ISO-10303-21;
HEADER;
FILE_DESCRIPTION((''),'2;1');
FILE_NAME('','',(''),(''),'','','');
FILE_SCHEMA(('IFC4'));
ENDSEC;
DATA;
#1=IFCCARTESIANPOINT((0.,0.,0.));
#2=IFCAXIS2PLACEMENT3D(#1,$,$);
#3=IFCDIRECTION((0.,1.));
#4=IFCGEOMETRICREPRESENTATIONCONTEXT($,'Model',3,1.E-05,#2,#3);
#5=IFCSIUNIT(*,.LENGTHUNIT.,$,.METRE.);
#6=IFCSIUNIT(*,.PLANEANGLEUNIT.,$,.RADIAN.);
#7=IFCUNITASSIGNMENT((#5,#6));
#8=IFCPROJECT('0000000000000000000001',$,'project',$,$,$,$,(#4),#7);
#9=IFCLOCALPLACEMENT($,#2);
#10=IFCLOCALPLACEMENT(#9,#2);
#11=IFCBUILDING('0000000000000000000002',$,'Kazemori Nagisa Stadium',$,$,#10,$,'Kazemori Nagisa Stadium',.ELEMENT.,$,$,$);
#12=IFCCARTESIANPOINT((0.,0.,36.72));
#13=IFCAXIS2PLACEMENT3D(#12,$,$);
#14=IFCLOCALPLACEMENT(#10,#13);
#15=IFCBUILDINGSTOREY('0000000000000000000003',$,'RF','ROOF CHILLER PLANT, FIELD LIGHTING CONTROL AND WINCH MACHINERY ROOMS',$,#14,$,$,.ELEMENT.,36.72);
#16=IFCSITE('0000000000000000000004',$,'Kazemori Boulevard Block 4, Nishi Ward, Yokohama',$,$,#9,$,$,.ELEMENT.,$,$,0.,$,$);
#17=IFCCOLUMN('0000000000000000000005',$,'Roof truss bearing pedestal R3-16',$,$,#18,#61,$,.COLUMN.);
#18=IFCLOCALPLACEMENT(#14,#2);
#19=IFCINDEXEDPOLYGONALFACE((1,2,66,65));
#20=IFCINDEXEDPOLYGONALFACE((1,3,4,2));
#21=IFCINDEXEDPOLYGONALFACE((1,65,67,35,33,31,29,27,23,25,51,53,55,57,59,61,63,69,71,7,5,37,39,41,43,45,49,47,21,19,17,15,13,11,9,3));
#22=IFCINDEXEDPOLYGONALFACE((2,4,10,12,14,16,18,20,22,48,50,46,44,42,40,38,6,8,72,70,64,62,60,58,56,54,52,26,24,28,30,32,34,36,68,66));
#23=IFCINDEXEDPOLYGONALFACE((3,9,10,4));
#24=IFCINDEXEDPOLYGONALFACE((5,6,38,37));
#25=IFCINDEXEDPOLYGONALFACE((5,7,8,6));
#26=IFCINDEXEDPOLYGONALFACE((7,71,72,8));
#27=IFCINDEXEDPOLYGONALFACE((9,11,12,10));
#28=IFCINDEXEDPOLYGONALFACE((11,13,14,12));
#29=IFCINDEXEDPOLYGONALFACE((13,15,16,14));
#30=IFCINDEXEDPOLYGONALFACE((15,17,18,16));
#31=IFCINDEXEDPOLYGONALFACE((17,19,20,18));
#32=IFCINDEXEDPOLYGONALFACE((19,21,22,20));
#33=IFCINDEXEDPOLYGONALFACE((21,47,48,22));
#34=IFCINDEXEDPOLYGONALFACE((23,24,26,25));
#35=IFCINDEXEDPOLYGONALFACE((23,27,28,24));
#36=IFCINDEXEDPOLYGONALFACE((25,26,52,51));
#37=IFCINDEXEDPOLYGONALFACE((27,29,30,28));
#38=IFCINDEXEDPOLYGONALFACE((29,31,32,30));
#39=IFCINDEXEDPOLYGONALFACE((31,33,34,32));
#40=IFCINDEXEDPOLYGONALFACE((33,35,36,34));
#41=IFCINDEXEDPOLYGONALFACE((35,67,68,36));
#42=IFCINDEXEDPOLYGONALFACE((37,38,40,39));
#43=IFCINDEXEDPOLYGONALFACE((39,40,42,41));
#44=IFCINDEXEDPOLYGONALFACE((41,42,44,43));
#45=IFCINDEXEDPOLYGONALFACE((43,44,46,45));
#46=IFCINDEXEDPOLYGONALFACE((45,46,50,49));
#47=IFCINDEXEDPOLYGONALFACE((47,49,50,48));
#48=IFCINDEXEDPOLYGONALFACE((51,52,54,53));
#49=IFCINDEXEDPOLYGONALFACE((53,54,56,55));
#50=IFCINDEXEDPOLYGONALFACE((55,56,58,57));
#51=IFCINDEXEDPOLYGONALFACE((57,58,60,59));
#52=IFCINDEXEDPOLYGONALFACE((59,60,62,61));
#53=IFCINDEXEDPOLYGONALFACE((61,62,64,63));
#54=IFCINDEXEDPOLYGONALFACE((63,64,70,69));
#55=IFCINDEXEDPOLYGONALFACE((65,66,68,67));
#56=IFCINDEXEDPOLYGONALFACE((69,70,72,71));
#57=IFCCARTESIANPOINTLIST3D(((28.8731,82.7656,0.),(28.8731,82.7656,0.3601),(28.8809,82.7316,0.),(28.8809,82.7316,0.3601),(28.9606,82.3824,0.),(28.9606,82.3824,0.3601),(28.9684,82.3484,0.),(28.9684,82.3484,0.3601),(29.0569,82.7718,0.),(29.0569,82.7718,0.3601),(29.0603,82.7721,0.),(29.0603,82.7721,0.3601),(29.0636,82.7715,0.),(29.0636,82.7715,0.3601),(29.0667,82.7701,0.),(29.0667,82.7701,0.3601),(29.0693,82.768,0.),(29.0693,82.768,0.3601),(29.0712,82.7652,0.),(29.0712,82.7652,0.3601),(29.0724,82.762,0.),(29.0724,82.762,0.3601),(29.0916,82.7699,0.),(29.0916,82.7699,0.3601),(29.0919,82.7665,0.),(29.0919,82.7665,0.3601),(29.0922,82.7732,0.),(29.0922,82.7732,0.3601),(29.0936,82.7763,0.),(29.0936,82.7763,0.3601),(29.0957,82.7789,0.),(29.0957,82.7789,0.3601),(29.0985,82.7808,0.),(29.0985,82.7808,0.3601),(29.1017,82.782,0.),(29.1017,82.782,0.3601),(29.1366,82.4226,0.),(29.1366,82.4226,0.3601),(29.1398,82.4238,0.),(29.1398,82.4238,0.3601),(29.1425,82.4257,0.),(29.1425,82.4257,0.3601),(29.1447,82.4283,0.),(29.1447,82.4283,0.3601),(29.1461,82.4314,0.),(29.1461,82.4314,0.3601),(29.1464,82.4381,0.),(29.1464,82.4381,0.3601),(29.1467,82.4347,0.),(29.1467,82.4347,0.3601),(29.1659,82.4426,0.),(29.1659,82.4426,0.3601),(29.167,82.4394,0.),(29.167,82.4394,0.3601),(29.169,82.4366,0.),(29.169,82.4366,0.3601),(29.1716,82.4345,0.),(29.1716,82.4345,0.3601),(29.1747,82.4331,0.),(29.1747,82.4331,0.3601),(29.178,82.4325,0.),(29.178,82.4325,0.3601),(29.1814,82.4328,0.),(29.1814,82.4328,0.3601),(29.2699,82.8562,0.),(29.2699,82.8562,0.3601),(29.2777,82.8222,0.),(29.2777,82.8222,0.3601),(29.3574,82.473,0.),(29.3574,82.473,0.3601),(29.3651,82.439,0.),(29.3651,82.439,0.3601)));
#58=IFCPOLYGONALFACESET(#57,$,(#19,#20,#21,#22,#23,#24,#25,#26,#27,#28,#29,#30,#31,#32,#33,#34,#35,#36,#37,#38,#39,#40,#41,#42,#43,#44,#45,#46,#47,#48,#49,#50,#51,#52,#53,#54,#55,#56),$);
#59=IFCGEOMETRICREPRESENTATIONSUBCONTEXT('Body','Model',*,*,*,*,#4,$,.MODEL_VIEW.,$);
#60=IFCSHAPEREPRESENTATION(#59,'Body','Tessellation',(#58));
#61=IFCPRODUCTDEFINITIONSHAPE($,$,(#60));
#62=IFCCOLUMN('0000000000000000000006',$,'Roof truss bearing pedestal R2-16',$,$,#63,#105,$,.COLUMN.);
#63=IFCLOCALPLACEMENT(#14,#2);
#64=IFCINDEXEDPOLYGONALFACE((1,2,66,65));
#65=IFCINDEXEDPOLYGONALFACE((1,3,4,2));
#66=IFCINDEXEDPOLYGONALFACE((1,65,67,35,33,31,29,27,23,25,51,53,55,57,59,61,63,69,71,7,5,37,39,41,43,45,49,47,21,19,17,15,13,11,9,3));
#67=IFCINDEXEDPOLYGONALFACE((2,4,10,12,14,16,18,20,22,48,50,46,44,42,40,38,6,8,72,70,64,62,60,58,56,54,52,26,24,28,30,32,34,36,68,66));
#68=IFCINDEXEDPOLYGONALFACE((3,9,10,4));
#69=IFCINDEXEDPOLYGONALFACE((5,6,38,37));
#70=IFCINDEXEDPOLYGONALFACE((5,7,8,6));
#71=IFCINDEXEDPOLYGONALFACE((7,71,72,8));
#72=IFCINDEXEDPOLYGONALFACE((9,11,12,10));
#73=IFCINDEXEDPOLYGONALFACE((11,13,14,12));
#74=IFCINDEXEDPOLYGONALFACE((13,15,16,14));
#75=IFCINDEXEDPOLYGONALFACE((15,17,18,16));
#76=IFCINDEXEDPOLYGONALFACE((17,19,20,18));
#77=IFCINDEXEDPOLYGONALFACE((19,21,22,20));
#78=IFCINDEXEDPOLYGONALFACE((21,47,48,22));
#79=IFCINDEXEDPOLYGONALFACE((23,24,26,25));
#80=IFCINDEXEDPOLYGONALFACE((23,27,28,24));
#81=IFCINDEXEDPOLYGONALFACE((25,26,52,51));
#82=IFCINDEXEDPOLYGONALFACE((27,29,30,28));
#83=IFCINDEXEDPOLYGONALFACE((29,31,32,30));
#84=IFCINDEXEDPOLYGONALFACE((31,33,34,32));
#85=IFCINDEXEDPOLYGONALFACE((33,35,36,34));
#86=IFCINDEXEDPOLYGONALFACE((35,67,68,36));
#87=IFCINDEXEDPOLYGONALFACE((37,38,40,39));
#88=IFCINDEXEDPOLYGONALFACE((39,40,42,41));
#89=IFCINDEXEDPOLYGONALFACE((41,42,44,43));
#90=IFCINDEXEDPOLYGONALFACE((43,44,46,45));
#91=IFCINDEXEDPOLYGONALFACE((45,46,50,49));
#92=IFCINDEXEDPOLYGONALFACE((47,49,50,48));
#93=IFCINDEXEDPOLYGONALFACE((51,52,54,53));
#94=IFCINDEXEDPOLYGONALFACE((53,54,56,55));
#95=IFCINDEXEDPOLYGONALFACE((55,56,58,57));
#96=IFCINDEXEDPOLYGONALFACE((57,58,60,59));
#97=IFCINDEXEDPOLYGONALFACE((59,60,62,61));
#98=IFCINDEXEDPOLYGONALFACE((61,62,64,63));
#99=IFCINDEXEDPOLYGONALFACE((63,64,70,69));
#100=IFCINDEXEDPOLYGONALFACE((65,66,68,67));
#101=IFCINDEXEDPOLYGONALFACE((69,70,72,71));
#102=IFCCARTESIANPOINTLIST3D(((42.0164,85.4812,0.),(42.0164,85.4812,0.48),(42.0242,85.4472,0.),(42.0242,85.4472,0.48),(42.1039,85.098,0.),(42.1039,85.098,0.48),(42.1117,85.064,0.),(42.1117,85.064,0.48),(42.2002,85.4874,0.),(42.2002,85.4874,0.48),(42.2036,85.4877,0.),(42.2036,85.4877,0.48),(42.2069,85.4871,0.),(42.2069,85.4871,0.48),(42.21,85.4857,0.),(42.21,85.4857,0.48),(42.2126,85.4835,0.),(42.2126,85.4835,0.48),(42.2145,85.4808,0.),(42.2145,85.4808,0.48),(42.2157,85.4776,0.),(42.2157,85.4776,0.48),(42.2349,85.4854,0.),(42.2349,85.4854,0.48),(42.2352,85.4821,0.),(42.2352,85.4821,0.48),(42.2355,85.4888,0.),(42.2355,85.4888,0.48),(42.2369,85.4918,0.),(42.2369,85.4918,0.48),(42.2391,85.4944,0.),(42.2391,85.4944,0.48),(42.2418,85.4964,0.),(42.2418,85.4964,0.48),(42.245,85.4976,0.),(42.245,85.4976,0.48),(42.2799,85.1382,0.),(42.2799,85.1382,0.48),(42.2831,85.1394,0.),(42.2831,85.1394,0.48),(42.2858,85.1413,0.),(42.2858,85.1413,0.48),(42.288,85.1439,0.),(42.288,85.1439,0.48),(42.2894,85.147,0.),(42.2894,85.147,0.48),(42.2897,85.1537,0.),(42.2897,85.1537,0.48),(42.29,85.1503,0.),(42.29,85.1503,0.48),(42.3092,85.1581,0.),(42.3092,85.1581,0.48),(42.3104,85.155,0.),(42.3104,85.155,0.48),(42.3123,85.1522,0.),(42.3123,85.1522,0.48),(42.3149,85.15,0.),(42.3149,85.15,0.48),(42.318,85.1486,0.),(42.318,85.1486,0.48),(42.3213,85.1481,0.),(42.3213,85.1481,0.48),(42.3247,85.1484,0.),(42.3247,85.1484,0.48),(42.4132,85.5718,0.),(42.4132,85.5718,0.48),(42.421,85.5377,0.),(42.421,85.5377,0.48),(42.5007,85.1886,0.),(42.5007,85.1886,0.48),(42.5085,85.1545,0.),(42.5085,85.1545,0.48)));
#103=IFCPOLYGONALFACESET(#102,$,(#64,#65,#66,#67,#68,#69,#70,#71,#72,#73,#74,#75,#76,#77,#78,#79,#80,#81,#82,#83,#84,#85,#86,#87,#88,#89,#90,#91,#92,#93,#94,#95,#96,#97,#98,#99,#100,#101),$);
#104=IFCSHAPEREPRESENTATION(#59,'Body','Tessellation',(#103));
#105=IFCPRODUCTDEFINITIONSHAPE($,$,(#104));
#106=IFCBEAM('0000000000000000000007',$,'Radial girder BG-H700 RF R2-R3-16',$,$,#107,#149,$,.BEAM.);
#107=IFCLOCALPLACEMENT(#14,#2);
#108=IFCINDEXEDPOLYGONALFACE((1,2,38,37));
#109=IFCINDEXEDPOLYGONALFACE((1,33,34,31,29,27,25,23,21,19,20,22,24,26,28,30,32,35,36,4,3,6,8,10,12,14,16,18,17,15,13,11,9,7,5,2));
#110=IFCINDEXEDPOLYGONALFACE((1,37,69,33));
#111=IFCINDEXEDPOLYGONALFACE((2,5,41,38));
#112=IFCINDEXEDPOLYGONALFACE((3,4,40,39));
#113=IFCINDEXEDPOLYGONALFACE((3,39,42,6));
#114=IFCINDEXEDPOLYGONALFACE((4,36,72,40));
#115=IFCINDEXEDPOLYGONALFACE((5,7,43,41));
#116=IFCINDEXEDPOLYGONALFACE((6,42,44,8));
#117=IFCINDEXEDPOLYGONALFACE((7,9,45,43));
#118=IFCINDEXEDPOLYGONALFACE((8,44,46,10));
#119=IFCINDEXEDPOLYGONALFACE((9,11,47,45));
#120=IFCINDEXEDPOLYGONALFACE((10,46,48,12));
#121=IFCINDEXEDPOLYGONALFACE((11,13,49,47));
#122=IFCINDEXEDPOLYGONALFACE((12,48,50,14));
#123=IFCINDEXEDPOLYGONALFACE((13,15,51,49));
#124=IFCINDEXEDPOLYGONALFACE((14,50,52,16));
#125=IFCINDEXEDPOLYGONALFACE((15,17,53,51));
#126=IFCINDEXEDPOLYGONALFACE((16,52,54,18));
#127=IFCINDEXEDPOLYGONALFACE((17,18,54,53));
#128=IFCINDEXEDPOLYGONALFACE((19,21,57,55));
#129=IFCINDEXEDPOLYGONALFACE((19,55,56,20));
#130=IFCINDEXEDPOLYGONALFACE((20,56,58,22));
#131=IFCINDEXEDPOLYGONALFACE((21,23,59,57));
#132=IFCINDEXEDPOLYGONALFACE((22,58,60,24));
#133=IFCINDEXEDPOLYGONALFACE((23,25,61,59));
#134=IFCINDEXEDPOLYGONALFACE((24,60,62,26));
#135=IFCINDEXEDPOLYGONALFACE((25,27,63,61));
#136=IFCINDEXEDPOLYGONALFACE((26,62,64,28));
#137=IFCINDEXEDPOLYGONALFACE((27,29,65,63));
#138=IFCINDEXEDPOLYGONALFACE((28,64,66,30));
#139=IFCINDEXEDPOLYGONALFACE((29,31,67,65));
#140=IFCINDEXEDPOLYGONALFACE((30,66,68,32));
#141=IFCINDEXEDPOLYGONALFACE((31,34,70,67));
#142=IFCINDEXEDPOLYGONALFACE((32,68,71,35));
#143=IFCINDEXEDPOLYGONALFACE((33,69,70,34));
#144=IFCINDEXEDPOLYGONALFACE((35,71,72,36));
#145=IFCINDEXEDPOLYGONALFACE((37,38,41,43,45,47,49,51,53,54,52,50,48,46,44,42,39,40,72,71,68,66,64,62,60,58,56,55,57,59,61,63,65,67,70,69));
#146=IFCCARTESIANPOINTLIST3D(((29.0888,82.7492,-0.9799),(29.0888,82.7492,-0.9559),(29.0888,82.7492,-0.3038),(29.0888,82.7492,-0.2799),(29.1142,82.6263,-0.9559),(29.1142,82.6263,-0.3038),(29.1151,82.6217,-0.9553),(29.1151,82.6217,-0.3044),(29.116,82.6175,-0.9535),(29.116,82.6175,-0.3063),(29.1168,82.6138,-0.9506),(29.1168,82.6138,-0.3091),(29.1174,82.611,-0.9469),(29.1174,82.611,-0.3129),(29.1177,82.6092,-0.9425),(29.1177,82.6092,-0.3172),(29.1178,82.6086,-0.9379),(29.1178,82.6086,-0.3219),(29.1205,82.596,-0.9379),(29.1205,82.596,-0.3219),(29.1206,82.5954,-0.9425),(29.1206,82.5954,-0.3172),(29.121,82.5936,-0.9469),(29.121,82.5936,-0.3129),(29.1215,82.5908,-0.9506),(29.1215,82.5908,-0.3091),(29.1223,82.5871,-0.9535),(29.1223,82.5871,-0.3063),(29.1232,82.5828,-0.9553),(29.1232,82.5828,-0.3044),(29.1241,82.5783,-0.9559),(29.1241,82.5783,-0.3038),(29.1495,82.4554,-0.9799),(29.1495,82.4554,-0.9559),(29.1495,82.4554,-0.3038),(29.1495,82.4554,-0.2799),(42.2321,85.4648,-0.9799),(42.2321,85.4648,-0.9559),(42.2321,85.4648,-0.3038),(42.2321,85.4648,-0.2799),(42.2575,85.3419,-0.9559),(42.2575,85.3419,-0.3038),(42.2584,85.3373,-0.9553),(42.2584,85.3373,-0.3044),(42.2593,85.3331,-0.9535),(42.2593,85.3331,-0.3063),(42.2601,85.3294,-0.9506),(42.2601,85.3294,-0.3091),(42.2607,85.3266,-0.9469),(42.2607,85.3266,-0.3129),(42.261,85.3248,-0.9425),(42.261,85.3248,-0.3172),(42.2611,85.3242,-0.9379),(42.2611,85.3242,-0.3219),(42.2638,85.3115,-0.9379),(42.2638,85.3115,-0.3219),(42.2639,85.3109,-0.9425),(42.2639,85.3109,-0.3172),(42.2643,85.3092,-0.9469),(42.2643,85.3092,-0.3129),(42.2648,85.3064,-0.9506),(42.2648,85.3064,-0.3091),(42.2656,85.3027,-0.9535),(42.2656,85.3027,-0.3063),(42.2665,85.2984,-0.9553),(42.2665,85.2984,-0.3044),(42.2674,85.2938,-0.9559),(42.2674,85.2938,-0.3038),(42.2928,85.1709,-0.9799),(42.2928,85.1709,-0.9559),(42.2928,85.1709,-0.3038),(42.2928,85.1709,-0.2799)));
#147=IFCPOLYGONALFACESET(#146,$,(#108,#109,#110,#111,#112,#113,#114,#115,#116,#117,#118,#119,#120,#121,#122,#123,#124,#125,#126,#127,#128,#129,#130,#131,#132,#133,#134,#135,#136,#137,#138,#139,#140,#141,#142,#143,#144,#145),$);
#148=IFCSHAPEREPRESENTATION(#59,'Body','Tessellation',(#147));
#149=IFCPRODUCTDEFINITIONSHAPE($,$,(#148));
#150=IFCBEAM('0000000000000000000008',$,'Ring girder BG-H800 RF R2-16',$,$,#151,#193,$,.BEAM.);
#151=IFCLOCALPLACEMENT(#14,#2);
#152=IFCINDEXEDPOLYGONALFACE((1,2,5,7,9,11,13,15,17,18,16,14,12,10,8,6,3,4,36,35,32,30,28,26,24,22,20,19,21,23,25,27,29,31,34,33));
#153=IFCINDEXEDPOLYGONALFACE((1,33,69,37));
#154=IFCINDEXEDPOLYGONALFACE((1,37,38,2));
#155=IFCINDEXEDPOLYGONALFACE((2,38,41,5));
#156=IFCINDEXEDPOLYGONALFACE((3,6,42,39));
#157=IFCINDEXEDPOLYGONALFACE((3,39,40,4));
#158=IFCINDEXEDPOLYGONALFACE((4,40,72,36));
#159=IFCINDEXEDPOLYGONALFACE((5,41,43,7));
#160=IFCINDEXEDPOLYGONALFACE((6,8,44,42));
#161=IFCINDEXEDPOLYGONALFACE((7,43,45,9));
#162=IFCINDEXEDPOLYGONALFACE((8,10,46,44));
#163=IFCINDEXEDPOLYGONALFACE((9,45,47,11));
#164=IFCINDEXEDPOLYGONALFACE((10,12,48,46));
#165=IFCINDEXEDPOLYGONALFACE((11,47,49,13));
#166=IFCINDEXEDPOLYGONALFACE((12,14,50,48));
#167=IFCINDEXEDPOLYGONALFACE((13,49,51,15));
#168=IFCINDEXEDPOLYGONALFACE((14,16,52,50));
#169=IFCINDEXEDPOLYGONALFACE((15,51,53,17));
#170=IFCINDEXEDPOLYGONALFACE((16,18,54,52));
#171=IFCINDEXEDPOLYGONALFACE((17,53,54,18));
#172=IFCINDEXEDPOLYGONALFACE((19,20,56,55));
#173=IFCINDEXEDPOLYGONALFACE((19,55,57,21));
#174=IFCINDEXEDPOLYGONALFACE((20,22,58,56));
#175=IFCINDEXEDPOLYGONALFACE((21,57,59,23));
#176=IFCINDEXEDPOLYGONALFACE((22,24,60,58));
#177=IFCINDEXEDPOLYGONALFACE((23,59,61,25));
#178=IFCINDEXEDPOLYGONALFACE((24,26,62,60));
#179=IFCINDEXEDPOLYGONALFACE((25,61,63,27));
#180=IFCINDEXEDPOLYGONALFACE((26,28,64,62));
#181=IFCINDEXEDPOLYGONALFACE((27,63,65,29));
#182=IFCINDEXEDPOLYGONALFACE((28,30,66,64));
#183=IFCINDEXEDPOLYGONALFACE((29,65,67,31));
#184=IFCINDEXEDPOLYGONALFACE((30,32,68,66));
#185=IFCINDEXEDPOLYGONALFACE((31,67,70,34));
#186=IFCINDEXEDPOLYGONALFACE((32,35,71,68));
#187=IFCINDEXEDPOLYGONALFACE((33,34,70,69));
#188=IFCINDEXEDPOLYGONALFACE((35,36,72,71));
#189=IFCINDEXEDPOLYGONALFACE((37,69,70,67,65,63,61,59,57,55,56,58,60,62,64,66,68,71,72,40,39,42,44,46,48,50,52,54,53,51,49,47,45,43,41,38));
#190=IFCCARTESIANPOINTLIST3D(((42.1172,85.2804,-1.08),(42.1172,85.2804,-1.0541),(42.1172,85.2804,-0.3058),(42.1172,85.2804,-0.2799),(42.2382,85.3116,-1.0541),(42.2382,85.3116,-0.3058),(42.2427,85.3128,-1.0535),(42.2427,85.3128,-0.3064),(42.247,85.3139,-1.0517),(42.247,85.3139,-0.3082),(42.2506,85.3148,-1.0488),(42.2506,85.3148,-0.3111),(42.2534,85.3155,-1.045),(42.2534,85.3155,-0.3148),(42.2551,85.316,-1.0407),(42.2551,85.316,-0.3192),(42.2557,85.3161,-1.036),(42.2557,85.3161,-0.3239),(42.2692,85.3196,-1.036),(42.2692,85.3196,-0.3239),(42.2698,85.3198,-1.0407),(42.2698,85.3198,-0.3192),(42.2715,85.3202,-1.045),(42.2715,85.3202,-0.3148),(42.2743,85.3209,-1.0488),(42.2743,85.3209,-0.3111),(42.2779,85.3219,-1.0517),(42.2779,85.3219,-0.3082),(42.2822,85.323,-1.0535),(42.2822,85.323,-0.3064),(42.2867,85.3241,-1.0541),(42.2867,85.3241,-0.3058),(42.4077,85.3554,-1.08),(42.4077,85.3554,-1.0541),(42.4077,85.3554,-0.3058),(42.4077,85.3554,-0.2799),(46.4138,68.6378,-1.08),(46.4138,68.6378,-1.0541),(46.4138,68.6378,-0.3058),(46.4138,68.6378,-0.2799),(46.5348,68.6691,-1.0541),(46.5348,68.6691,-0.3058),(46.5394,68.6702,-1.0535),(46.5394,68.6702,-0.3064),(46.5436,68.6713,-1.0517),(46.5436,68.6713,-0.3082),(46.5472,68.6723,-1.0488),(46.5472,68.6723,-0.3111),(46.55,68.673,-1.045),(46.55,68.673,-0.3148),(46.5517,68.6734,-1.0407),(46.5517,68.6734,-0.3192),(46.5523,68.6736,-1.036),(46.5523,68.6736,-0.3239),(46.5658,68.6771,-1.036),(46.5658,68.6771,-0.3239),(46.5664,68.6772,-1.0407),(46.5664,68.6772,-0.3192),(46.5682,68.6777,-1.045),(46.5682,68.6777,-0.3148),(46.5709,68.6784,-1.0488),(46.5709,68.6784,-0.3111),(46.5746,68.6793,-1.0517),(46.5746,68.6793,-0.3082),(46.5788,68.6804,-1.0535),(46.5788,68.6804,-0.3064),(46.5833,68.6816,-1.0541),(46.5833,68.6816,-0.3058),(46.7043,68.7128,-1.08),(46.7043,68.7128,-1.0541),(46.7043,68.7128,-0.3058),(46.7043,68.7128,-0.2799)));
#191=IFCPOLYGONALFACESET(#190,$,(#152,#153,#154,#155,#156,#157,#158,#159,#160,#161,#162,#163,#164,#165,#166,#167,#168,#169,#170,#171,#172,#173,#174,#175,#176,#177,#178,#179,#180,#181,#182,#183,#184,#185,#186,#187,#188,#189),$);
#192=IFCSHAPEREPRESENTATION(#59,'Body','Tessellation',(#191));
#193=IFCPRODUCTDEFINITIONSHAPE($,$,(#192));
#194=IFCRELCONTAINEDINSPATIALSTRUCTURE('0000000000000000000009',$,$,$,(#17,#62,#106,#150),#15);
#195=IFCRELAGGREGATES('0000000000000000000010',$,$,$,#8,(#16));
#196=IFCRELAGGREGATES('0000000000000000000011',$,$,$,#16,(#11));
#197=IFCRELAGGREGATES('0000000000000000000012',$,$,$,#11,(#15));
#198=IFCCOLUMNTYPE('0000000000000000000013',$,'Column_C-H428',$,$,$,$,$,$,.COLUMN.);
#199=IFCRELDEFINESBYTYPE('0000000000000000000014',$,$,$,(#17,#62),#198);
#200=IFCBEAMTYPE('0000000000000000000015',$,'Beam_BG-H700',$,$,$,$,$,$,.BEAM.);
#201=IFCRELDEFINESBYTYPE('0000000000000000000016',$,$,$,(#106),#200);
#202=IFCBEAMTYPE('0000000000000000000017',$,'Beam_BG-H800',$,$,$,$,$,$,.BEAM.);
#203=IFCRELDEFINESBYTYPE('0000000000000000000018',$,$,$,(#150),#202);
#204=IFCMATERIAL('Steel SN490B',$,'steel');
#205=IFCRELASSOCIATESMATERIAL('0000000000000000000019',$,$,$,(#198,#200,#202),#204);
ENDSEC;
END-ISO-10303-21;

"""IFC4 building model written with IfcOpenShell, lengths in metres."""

from ifc_helpers import new_model, si_unit, direction, frame, origin, origin_2d, place, context, subcontext, project, spatial, i_section, extrude, material, material_profile, profile_set, type_object, element, save


model = new_model("IFC4")

# Units and contexts
model_context = context("Model", 3, precision=1e-05, world=origin(), true_north=direction((0.0, 1.0)))
body_context = subcontext(model_context, "Body", "Model", "MODEL_VIEW")
ifc_project = project(units=[si_unit("LENGTHUNIT", "METRE"), si_unit("PLANEANGLEUNIT", "RADIAN")], contexts=[model_context])

# Site, building, storey
site_placement = place(None, origin())
site = spatial("IfcSite", under=ifc_project, at=site_placement, Name="Kazemori Boulevard Block 4, Nishi Ward, Yokohama", CompositionType="ELEMENT", RefElevation=0.0)
building_placement = place(site_placement, origin())
building = spatial("IfcBuilding", under=site, at=building_placement, Name="Kazemori Nagisa Stadium", LongName="Kazemori Nagisa Stadium", CompositionType="ELEMENT")
storey_placement = place(building_placement, frame((0.0, 0.0, 36.72)))
storey = spatial("IfcBuildingStorey", under=building, at=storey_placement, Name="RF", Description="ROOF CHILLER PLANT, FIELD LIGHTING CONTROL AND WINCH MACHINERY ROOMS", CompositionType="ELEMENT", Elevation=36.72)

# Columns
ifc_material_1 = material(Name="Steel SN490B", Category="steel")
ifc_material_profile_1 = material_profile(ifc_material_1, i_section(OverallWidth=0.407, OverallDepth=0.428, WebThickness=0.02, FlangeThickness=0.0349, FilletRadius=0.0129, at=origin_2d()), Name="H-428x407x20x35")
ifc_profile_set_1 = profile_set([ifc_material_profile_1], Name="Steel SN490B")
column_type = type_object("IfcColumnType", Name="Column_C-H428", PredefinedType="COLUMN", material=ifc_profile_set_1)
column_1_placement = place(storey_placement, frame((29.1191, 82.6023, 0.0), z_axis=(0.0, 0.0, 1.0), x_axis=(-0.974928, -0.222521, 0.0)))
element("IfcColumn", 1, at=column_1_placement, inside=storey, type_object=column_type, Name="Roof truss bearing pedestal R3-16", PredefinedType="COLUMN", context=body_context, shape_type="SweptSolid", body=[
    extrude(i_section(OverallWidth=0.407, OverallDepth=0.428, WebThickness=0.02, FlangeThickness=0.0349, FilletRadius=0.0129, at=origin_2d()), origin(), (0.0, 0.0, 1.0), 0.3601),
])
column_2_placement = place(storey_placement, frame((42.2625, 85.3179, 0.0), z_axis=(0.0, 0.0, 1.0), x_axis=(-0.974928, -0.222521, 0.0)))
element("IfcColumn", 2, at=column_2_placement, inside=storey, type_object=column_type, Name="Roof truss bearing pedestal R2-16", PredefinedType="COLUMN", context=body_context, shape_type="SweptSolid", body=[
    extrude(i_section(OverallWidth=0.407, OverallDepth=0.428, WebThickness=0.02, FlangeThickness=0.0349, FilletRadius=0.0129, at=origin_2d()), origin(), (0.0, 0.0, 1.0), 0.48),
])

# Beams
ifc_material_profile_2 = material_profile(ifc_material_1, i_section(OverallWidth=0.3, OverallDepth=0.7, WebThickness=0.0129, FlangeThickness=0.0239, FilletRadius=0.0181, at=origin_2d()), Name="H-700x300x13x24")
ifc_profile_set_2 = profile_set([ifc_material_profile_2], Name="Steel SN490B")
beam_type_1 = type_object("IfcBeamType", Name="Beam_BG-H700", PredefinedType="BEAM", material=ifc_profile_set_2)
beam_1_placement = place(storey_placement, frame((42.2625, 85.3179, -0.6299), z_axis=(-0.979316, -0.202339, 0.0), x_axis=(0.202339, -0.979316, 0.0)))
element("IfcBeam", 3, at=beam_1_placement, inside=storey, type_object=beam_type_1, Name="Radial girder BG-H700 RF R2-R3-16", PredefinedType="BEAM", context=body_context, shape_type="SweptSolid", body=[
    extrude(i_section(OverallWidth=0.3, OverallDepth=0.7, WebThickness=0.0129, FlangeThickness=0.0239, FilletRadius=0.0181, at=origin_2d()), origin(), (0.0, 0.0, 1.0), 13.4209),
])
ifc_material_profile_3 = material_profile(ifc_material_1, i_section(OverallWidth=0.3, OverallDepth=0.8, WebThickness=0.0139, FlangeThickness=0.0259, FilletRadius=0.0181, at=origin_2d()), Name="H-800x300x14x26")
ifc_profile_set_3 = profile_set([ifc_material_profile_3], Name="Steel SN490B")
beam_type_2 = type_object("IfcBeamType", Name="Beam_BG-H800", PredefinedType="BEAM", material=ifc_profile_set_3)
beam_2_placement = place(storey_placement, frame((42.2625, 85.3179, -0.6799), z_axis=(0.249975, -0.968252, 0.0), x_axis=(0.968252, 0.249975, 0.0)))
element("IfcBeam", 4, at=beam_2_placement, inside=storey, type_object=beam_type_2, Name="Ring girder BG-H800 RF R2-16", PredefinedType="BEAM", context=body_context, shape_type="SweptSolid", body=[
    extrude(i_section(OverallWidth=0.3, OverallDepth=0.8, WebThickness=0.0139, FlangeThickness=0.0259, FilletRadius=0.0181, at=origin_2d()), origin(), (0.0, 0.0, 1.0), 17.1882),
])

save(model, "model.ifc")
